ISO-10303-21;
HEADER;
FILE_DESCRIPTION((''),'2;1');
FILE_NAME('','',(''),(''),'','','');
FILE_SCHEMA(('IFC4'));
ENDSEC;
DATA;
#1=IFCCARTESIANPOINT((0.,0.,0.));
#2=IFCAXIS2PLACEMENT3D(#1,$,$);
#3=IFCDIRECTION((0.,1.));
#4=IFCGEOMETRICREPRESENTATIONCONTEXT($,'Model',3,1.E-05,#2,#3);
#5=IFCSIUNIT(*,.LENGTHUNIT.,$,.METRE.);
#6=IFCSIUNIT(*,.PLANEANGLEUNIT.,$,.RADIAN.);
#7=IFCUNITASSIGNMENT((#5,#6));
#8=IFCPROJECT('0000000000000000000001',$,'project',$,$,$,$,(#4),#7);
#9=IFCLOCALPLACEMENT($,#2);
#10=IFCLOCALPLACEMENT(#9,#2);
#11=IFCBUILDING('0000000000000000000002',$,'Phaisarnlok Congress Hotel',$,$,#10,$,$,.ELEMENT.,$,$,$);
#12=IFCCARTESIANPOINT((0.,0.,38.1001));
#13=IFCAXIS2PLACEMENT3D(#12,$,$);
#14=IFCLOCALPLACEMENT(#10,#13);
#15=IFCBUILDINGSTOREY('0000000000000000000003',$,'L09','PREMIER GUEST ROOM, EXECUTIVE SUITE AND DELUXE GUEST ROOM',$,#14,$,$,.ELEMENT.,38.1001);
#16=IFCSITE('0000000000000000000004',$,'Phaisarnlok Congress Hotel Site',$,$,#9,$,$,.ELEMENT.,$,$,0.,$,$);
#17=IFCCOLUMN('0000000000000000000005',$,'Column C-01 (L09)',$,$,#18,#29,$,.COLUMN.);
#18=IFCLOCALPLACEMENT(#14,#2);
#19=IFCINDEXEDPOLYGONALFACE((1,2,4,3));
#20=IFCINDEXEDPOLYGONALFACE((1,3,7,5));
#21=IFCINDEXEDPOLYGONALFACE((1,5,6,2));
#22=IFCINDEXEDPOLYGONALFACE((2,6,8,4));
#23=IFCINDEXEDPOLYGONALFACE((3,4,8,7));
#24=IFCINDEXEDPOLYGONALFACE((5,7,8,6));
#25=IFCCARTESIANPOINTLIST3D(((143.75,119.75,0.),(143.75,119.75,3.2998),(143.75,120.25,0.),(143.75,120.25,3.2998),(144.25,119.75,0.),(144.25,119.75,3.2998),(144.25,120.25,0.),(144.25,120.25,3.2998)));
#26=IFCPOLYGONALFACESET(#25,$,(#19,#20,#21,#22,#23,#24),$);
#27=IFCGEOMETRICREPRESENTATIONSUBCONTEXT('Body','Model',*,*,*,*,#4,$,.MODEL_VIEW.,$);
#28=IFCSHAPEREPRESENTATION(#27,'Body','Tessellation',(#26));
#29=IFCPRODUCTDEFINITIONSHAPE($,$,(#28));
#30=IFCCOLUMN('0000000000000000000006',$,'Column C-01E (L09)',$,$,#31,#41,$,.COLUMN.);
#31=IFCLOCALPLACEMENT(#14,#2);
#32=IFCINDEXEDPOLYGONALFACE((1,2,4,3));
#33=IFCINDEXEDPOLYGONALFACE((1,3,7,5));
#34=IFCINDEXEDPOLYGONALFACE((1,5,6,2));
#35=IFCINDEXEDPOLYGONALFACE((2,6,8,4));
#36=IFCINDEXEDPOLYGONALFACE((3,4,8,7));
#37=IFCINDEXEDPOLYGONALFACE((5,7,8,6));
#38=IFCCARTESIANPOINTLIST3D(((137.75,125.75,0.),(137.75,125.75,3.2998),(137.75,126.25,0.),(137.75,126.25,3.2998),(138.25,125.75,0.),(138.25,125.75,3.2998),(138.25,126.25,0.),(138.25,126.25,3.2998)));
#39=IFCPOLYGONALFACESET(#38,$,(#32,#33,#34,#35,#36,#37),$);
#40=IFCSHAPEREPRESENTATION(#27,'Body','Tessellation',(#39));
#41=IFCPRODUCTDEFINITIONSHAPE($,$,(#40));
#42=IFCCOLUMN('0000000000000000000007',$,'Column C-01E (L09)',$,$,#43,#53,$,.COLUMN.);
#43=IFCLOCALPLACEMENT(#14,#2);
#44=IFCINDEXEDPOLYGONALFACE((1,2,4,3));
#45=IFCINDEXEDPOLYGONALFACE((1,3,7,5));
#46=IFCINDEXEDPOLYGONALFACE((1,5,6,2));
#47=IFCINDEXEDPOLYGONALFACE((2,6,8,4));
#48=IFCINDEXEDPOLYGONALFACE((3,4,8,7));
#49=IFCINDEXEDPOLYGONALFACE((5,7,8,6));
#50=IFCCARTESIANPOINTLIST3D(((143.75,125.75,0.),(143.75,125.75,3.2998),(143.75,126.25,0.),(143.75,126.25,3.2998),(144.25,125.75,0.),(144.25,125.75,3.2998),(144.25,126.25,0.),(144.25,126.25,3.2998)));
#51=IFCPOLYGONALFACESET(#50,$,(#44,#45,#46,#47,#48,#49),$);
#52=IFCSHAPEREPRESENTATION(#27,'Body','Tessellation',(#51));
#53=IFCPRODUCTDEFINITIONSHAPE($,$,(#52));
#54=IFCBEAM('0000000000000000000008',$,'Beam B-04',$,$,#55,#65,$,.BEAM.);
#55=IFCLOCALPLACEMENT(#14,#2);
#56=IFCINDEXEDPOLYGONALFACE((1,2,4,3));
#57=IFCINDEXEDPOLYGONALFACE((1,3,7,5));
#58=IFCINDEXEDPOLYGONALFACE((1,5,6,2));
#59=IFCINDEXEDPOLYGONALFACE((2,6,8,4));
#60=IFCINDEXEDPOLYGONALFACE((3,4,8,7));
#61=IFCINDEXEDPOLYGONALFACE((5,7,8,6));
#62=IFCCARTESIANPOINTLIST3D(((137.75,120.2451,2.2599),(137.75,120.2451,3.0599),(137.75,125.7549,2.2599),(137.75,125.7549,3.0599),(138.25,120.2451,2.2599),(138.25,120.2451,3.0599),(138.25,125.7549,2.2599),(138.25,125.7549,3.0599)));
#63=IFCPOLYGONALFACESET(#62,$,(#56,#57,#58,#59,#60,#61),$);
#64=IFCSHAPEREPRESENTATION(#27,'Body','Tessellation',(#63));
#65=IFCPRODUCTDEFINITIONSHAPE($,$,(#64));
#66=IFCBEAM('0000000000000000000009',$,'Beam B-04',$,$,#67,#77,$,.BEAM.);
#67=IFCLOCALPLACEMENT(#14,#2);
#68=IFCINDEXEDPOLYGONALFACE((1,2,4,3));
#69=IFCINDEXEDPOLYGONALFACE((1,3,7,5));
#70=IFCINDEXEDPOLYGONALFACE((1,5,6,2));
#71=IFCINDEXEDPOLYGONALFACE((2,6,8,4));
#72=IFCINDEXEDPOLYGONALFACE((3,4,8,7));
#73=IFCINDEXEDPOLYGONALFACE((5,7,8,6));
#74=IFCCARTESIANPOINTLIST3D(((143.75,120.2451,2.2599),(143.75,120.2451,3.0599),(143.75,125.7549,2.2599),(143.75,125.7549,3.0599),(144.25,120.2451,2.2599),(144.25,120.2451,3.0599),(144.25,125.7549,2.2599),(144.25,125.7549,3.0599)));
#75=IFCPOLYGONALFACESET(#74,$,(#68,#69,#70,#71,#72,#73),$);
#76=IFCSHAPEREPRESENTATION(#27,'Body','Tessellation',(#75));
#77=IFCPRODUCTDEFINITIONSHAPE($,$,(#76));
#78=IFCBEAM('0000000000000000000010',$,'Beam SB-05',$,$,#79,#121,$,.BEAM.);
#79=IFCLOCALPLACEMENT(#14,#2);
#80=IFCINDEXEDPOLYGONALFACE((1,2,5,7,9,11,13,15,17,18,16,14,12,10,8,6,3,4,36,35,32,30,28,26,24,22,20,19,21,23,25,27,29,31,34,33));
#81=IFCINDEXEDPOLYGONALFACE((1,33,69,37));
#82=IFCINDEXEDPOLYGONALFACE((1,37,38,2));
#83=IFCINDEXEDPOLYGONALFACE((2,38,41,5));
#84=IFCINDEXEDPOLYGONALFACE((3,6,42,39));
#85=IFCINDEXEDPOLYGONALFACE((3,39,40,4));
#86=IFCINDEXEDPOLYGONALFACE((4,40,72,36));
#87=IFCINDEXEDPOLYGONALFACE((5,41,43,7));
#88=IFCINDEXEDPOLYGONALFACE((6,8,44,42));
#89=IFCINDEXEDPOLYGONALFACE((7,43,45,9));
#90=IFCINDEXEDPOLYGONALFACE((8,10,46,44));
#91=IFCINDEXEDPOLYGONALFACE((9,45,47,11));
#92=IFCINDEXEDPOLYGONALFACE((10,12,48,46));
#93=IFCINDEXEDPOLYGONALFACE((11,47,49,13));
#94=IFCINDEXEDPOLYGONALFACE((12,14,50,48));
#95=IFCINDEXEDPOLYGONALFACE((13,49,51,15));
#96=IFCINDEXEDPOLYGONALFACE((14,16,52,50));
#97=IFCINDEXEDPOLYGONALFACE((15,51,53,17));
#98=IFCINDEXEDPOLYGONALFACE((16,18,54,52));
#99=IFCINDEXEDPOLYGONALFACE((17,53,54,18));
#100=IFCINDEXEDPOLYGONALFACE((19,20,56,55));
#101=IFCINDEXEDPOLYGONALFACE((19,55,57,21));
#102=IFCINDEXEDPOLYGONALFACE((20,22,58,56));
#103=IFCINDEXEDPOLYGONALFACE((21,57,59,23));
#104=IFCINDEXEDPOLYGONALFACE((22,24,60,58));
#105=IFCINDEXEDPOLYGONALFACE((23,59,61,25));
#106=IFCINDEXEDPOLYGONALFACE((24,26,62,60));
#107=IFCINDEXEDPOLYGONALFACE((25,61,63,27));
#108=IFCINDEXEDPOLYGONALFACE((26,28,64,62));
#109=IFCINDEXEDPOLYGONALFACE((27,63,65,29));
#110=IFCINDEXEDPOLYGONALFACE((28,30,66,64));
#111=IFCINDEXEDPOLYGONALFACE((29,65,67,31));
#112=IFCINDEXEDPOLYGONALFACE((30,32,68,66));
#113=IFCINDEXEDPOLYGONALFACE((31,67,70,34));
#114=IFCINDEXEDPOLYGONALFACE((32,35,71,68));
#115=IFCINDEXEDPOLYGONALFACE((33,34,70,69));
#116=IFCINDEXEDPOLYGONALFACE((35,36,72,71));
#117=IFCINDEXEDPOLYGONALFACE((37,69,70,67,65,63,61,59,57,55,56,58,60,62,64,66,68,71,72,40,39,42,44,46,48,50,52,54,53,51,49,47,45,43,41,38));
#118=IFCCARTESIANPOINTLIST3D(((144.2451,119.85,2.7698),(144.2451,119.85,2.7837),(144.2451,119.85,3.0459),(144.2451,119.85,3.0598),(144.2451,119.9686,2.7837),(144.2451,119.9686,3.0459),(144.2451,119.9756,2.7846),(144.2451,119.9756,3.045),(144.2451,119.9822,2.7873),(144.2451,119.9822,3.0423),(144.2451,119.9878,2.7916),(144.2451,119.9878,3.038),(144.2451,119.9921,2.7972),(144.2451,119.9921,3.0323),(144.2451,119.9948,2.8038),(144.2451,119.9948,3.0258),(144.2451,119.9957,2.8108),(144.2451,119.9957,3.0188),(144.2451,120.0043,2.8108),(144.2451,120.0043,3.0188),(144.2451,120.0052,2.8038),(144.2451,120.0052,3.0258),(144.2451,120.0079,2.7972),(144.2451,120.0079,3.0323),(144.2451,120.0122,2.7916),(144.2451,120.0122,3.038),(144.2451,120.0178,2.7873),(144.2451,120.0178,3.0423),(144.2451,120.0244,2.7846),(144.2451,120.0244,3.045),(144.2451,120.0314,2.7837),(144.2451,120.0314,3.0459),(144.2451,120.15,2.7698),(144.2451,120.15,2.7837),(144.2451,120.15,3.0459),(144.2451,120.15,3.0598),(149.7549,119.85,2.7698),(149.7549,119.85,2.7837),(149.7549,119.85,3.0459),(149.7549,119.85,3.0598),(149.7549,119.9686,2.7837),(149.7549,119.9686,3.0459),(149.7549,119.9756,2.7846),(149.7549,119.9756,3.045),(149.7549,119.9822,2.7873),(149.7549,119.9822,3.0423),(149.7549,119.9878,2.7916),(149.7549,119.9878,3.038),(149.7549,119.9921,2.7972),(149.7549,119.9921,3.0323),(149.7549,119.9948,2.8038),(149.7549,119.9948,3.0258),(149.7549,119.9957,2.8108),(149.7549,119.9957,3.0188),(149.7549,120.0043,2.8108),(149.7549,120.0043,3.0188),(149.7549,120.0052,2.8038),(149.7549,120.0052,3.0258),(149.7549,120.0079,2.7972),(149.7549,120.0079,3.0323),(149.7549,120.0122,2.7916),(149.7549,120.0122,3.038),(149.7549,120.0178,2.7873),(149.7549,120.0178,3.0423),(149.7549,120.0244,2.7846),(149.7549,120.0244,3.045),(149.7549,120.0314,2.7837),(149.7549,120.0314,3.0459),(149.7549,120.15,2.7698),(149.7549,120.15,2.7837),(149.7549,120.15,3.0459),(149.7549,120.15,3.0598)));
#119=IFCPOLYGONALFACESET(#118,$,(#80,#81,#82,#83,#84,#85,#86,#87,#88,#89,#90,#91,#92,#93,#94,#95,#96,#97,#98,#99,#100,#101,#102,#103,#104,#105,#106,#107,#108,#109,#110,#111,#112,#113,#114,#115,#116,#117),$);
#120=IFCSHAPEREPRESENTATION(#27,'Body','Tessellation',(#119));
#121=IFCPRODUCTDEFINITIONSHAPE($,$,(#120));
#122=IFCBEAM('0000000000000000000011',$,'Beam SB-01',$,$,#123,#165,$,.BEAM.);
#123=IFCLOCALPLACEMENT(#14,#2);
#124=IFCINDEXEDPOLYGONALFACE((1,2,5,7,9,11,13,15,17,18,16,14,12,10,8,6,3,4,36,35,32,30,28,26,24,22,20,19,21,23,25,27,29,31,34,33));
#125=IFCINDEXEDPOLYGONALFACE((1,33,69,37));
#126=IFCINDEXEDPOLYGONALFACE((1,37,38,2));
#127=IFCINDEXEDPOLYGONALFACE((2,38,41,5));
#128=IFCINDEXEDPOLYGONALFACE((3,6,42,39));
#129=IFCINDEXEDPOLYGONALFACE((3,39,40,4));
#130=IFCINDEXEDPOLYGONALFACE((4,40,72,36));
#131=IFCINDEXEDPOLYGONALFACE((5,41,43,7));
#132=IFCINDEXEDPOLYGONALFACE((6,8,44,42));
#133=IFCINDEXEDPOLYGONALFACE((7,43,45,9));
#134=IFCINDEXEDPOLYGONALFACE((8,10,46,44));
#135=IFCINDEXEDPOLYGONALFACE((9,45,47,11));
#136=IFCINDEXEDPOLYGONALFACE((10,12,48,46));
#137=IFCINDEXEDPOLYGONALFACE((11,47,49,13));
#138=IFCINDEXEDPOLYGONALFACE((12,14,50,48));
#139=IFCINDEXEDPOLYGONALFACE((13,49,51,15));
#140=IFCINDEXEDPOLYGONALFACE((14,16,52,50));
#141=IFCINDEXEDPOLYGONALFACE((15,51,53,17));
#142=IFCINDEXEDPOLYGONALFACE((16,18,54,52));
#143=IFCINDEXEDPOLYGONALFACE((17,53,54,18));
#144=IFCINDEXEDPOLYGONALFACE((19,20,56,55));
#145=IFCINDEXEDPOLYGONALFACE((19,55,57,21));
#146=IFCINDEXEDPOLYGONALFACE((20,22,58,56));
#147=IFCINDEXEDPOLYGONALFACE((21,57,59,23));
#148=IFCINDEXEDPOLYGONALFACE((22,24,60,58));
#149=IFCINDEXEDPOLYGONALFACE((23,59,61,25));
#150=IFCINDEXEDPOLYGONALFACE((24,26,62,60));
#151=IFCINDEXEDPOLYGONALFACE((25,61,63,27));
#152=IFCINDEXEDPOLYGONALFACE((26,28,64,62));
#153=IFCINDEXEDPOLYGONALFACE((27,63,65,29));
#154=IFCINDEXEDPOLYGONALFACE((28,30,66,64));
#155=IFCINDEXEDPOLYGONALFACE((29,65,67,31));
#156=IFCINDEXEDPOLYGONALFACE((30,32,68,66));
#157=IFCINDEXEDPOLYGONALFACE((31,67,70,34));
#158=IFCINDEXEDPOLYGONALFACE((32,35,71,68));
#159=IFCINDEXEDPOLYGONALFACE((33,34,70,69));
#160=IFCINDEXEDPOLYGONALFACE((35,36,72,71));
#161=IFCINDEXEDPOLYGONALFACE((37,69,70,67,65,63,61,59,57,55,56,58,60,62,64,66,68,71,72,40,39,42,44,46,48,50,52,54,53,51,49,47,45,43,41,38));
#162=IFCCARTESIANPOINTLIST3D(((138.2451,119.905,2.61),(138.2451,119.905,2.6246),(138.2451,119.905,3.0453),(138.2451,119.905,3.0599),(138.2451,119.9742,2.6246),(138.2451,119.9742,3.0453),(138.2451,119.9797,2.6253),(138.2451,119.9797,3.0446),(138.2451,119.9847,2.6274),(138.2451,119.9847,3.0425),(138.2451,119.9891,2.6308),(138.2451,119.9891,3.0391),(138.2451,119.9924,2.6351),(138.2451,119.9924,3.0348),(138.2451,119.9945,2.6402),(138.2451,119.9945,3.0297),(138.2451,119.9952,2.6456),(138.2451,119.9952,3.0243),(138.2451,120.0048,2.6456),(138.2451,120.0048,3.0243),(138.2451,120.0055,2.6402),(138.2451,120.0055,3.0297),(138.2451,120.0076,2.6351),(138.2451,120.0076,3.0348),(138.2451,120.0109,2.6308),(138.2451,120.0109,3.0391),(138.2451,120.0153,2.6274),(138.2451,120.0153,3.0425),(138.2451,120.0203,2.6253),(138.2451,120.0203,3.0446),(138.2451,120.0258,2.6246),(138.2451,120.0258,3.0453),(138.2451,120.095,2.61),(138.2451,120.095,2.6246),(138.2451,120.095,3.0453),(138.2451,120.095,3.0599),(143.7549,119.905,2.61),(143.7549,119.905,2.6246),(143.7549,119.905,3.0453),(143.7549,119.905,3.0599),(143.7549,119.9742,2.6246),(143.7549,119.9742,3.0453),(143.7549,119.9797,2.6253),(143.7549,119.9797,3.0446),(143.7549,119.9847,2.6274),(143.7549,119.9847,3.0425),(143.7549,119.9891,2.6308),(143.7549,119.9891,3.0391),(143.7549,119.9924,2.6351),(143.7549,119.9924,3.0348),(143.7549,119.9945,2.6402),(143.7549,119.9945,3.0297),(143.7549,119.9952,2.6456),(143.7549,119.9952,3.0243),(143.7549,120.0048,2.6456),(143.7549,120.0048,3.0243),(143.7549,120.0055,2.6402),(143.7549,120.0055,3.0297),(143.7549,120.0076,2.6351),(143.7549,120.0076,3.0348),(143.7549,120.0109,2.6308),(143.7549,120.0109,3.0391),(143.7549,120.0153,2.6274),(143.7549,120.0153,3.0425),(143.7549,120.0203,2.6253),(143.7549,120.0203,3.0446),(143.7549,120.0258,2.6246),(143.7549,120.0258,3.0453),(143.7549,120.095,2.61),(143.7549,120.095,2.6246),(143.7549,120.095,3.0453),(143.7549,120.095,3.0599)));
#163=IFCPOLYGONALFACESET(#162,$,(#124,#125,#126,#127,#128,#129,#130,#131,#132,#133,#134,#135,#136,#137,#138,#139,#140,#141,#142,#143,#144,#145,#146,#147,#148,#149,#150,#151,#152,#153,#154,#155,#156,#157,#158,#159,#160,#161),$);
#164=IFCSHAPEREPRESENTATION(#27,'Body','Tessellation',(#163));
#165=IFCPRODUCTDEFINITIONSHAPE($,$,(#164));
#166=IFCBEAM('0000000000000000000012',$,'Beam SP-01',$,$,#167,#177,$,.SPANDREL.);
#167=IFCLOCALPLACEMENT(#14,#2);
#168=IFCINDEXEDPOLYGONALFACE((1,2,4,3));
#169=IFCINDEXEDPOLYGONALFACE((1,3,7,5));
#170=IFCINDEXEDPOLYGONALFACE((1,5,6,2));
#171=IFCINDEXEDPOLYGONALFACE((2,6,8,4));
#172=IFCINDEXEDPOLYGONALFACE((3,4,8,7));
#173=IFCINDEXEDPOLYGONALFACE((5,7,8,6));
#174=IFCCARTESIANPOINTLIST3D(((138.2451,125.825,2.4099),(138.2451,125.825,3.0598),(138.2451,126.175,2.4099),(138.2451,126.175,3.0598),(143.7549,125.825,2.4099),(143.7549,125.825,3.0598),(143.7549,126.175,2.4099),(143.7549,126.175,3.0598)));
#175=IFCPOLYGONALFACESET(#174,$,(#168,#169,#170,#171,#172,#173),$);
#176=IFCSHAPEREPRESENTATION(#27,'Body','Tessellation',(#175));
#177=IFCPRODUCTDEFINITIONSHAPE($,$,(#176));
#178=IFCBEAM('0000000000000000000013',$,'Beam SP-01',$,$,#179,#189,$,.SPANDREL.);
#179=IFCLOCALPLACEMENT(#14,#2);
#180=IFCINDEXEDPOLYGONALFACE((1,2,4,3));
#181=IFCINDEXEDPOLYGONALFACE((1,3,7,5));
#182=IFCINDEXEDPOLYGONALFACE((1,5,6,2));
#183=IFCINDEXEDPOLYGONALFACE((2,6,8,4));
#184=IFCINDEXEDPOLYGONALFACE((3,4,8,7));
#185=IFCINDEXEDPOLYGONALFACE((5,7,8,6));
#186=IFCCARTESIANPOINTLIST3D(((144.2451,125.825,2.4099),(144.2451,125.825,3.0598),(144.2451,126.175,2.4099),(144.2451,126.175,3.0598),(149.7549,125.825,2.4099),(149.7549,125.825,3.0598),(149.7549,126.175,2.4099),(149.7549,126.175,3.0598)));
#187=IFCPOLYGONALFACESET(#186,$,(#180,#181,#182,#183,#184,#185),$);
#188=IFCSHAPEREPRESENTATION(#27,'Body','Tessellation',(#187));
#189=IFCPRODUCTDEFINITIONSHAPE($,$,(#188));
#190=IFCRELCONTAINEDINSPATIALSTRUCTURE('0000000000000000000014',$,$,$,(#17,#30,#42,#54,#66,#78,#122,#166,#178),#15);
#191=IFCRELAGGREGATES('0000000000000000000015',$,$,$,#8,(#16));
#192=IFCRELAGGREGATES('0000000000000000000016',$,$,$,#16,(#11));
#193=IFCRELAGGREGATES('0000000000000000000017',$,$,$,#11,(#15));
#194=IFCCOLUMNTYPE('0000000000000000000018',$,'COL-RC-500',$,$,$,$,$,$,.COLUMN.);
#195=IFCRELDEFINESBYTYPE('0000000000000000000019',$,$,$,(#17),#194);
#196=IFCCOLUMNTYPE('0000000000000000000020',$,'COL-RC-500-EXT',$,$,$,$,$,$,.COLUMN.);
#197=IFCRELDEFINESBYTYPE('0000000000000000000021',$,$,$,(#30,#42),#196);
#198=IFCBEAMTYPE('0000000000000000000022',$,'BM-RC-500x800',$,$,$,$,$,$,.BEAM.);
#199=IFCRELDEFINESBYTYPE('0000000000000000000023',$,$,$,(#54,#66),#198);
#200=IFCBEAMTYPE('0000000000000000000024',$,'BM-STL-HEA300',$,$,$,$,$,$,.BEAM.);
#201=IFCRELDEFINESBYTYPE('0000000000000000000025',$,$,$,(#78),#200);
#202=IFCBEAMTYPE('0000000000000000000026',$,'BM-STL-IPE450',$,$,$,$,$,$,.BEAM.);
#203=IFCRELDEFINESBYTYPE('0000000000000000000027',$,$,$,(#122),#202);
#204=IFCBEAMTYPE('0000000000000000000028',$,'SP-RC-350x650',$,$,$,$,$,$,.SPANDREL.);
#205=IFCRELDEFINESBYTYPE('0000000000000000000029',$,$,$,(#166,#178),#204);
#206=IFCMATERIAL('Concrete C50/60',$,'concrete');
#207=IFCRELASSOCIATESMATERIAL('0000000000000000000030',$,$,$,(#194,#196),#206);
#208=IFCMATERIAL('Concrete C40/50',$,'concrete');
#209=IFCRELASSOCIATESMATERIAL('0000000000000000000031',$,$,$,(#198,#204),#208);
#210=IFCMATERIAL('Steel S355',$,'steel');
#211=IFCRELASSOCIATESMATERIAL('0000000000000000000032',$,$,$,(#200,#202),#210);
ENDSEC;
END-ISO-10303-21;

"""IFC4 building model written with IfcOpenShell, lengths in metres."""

from ifc_helpers import new_model, si_unit, direction, frame, origin, origin_2d, place, context, subcontext, project, spatial, rectangle, i_section, extrude, material, material_profile, profile_set, type_object, element, save


model = new_model("IFC4")

# Units and contexts
model_context = context("Model", 3, precision=1e-05, world=origin(), true_north=direction((0.0, 1.0)))
body_context = subcontext(model_context, "Body", "Model", "MODEL_VIEW")
ifc_project = project(units=[si_unit("LENGTHUNIT", "METRE"), si_unit("PLANEANGLEUNIT", "RADIAN")], contexts=[model_context])

# Site, building, storey
site_placement = place(None, origin())
site = spatial("IfcSite", under=ifc_project, at=site_placement, Name="Phaisarnlok Congress Hotel Site", CompositionType="ELEMENT", RefElevation=0.0)
building_placement = place(site_placement, origin())
building = spatial("IfcBuilding", under=site, at=building_placement, Name="Phaisarnlok Congress Hotel", CompositionType="ELEMENT")
storey_placement = place(building_placement, frame((0.0, 0.0, 38.1001)))
storey = spatial("IfcBuildingStorey", under=building, at=storey_placement, Name="L09", Description="PREMIER GUEST ROOM, EXECUTIVE SUITE AND DELUXE GUEST ROOM", CompositionType="ELEMENT", Elevation=38.1001)

# Columns
ifc_material_1 = material(Name="Concrete C50/60", Category="concrete")
ifc_material_profile_1 = material_profile(ifc_material_1, rectangle(XDim=0.5, YDim=0.5, at=origin_2d()), Name="RC 500x500")
ifc_profile_set_1 = profile_set([ifc_material_profile_1], Name="Concrete C50/60")
column_type_1 = type_object("IfcColumnType", Name="COL-RC-500", PredefinedType="COLUMN", material=ifc_profile_set_1)
column_placement = place(storey_placement, frame((144.0, 120.0, 0.0), z_axis=(0.0, 0.0, 1.0), x_axis=(1.0, 0.0, 0.0)))
element("IfcColumn", 1, at=column_placement, inside=storey, type_object=column_type_1, Name="Column C-01 (L09)", PredefinedType="COLUMN", context=body_context, shape_type="SweptSolid", body=[
    extrude(rectangle(XDim=0.5, YDim=0.5, at=origin_2d()), origin(), (0.0, 0.0, 1.0), 3.2998),
])
ifc_material_profile_2 = material_profile(ifc_material_1, rectangle(XDim=0.5, YDim=0.5, at=origin_2d()), Name="RC 500x500")
ifc_profile_set_2 = profile_set([ifc_material_profile_2], Name="Concrete C50/60")
column_type_2 = type_object("IfcColumnType", Name="COL-RC-500-EXT", PredefinedType="COLUMN", material=ifc_profile_set_2)
for number, where, z_axis, x_axis, name in (
    (2, (138.0, 126.0, 0.0), (0.0, 0.0, 1.0), (1.0, 0.0, 0.0), "Column C-01E (L09)"),
    (3, (144.0, 126.0, 0.0), (0.0, 0.0, 1.0), (1.0, 0.0, 0.0), "Column C-01E (L09)"),
):
    element("IfcColumn", number, at=place(storey_placement, frame(where, z_axis=z_axis, x_axis=x_axis)), inside=storey, type_object=column_type_2, Name=name, PredefinedType="COLUMN", context=body_context, shape_type="SweptSolid", body=[
        extrude(rectangle(XDim=0.5, YDim=0.5, at=origin_2d()), origin(), (0.0, 0.0, 1.0), 3.2998),
    ])

# Beams
ifc_material_2 = material(Name="Concrete C40/50", Category="concrete")
ifc_material_profile_3 = material_profile(ifc_material_2, rectangle(XDim=0.5, YDim=0.8, at=origin_2d()), Name="RC 500x800")
ifc_profile_set_3 = profile_set([ifc_material_profile_3], Name="Concrete C40/50")
beam_type_1 = type_object("IfcBeamType", Name="BM-RC-500x800", PredefinedType="BEAM", material=ifc_profile_set_3)
for number, where, z_axis, x_axis, name in (
    (4, (138.0, 120.2451, 2.6599), (0.0, 1.0, 0.0), (-1.0, 0.0, 0.0), "Beam B-04"),
    (5, (144.0, 120.2451, 2.6599), (0.0, 1.0, 0.0), (-1.0, 0.0, 0.0), "Beam B-04"),
):
    element("IfcBeam", number, at=place(storey_placement, frame(where, z_axis=z_axis, x_axis=x_axis)), inside=storey, type_object=beam_type_1, Name=name, PredefinedType="BEAM", context=body_context, shape_type="SweptSolid", body=[
        extrude(rectangle(XDim=0.5, YDim=0.8, at=origin_2d()), origin(), (0.0, 0.0, 1.0), 5.5098),
    ])
ifc_material_3 = material(Name="Steel S355", Category="steel")
ifc_material_profile_4 = material_profile(ifc_material_3, i_section(OverallWidth=0.3, OverallDepth=0.29, WebThickness=0.0085, FlangeThickness=0.0139, FilletRadius=0.0271, at=origin_2d()), Name="HEA 300")
ifc_profile_set_4 = profile_set([ifc_material_profile_4], Name="Steel S355")
beam_type_2 = type_object("IfcBeamType", Name="BM-STL-HEA300", PredefinedType="BEAM", material=ifc_profile_set_4)
beam_1_placement = place(storey_placement, frame((144.2451, 120.0, 2.9148), z_axis=(1.0, 0.0, 0.0), x_axis=(0.0, 1.0, 0.0)))
element("IfcBeam", 6, at=beam_1_placement, inside=storey, type_object=beam_type_2, Name="Beam SB-05", PredefinedType="BEAM", context=body_context, shape_type="SweptSolid", body=[
    extrude(i_section(OverallWidth=0.3, OverallDepth=0.29, WebThickness=0.0085, FlangeThickness=0.0139, FilletRadius=0.0271, at=origin_2d()), origin(), (0.0, 0.0, 1.0), 5.5098),
])
ifc_material_profile_5 = material_profile(ifc_material_3, i_section(OverallWidth=0.1899, OverallDepth=0.45, WebThickness=0.0095, FlangeThickness=0.0146, FilletRadius=0.021, at=origin_2d()), Name="IPE 450")
ifc_profile_set_5 = profile_set([ifc_material_profile_5], Name="Steel S355")
beam_type_3 = type_object("IfcBeamType", Name="BM-STL-IPE450", PredefinedType="BEAM", material=ifc_profile_set_5)
beam_2_placement = place(storey_placement, frame((138.2451, 120.0, 2.835), z_axis=(1.0, 0.0, 0.0), x_axis=(0.0, 1.0, 0.0)))
element("IfcBeam", 7, at=beam_2_placement, inside=storey, type_object=beam_type_3, Name="Beam SB-01", PredefinedType="BEAM", context=body_context, shape_type="SweptSolid", body=[
    extrude(i_section(OverallWidth=0.1899, OverallDepth=0.45, WebThickness=0.0095, FlangeThickness=0.0146, FilletRadius=0.021, at=origin_2d()), origin(), (0.0, 0.0, 1.0), 5.5098),
])
ifc_material_profile_6 = material_profile(ifc_material_2, rectangle(XDim=0.3501, YDim=0.6499, at=origin_2d()), Name="RC 350x650")
ifc_profile_set_6 = profile_set([ifc_material_profile_6], Name="Concrete C40/50")
beam_type_4 = type_object("IfcBeamType", Name="SP-RC-350x650", PredefinedType="SPANDREL", material=ifc_profile_set_6)
for number, where, z_axis, x_axis, name in (
    (8, (138.2451, 126.0, 2.7349), (1.0, 0.0, 0.0), (0.0, 1.0, 0.0), "Beam SP-01"),
    (9, (144.2451, 126.0, 2.7349), (1.0, 0.0, 0.0), (0.0, 1.0, 0.0), "Beam SP-01"),
):
    element("IfcBeam", number, at=place(storey_placement, frame(where, z_axis=z_axis, x_axis=x_axis)), inside=storey, type_object=beam_type_4, Name=name, PredefinedType="SPANDREL", context=body_context, shape_type="SweptSolid", body=[
        extrude(rectangle(XDim=0.3501, YDim=0.6499, at=origin_2d()), origin(), (0.0, 0.0, 1.0), 5.5098),
    ])

save(model, "model.ifc")
